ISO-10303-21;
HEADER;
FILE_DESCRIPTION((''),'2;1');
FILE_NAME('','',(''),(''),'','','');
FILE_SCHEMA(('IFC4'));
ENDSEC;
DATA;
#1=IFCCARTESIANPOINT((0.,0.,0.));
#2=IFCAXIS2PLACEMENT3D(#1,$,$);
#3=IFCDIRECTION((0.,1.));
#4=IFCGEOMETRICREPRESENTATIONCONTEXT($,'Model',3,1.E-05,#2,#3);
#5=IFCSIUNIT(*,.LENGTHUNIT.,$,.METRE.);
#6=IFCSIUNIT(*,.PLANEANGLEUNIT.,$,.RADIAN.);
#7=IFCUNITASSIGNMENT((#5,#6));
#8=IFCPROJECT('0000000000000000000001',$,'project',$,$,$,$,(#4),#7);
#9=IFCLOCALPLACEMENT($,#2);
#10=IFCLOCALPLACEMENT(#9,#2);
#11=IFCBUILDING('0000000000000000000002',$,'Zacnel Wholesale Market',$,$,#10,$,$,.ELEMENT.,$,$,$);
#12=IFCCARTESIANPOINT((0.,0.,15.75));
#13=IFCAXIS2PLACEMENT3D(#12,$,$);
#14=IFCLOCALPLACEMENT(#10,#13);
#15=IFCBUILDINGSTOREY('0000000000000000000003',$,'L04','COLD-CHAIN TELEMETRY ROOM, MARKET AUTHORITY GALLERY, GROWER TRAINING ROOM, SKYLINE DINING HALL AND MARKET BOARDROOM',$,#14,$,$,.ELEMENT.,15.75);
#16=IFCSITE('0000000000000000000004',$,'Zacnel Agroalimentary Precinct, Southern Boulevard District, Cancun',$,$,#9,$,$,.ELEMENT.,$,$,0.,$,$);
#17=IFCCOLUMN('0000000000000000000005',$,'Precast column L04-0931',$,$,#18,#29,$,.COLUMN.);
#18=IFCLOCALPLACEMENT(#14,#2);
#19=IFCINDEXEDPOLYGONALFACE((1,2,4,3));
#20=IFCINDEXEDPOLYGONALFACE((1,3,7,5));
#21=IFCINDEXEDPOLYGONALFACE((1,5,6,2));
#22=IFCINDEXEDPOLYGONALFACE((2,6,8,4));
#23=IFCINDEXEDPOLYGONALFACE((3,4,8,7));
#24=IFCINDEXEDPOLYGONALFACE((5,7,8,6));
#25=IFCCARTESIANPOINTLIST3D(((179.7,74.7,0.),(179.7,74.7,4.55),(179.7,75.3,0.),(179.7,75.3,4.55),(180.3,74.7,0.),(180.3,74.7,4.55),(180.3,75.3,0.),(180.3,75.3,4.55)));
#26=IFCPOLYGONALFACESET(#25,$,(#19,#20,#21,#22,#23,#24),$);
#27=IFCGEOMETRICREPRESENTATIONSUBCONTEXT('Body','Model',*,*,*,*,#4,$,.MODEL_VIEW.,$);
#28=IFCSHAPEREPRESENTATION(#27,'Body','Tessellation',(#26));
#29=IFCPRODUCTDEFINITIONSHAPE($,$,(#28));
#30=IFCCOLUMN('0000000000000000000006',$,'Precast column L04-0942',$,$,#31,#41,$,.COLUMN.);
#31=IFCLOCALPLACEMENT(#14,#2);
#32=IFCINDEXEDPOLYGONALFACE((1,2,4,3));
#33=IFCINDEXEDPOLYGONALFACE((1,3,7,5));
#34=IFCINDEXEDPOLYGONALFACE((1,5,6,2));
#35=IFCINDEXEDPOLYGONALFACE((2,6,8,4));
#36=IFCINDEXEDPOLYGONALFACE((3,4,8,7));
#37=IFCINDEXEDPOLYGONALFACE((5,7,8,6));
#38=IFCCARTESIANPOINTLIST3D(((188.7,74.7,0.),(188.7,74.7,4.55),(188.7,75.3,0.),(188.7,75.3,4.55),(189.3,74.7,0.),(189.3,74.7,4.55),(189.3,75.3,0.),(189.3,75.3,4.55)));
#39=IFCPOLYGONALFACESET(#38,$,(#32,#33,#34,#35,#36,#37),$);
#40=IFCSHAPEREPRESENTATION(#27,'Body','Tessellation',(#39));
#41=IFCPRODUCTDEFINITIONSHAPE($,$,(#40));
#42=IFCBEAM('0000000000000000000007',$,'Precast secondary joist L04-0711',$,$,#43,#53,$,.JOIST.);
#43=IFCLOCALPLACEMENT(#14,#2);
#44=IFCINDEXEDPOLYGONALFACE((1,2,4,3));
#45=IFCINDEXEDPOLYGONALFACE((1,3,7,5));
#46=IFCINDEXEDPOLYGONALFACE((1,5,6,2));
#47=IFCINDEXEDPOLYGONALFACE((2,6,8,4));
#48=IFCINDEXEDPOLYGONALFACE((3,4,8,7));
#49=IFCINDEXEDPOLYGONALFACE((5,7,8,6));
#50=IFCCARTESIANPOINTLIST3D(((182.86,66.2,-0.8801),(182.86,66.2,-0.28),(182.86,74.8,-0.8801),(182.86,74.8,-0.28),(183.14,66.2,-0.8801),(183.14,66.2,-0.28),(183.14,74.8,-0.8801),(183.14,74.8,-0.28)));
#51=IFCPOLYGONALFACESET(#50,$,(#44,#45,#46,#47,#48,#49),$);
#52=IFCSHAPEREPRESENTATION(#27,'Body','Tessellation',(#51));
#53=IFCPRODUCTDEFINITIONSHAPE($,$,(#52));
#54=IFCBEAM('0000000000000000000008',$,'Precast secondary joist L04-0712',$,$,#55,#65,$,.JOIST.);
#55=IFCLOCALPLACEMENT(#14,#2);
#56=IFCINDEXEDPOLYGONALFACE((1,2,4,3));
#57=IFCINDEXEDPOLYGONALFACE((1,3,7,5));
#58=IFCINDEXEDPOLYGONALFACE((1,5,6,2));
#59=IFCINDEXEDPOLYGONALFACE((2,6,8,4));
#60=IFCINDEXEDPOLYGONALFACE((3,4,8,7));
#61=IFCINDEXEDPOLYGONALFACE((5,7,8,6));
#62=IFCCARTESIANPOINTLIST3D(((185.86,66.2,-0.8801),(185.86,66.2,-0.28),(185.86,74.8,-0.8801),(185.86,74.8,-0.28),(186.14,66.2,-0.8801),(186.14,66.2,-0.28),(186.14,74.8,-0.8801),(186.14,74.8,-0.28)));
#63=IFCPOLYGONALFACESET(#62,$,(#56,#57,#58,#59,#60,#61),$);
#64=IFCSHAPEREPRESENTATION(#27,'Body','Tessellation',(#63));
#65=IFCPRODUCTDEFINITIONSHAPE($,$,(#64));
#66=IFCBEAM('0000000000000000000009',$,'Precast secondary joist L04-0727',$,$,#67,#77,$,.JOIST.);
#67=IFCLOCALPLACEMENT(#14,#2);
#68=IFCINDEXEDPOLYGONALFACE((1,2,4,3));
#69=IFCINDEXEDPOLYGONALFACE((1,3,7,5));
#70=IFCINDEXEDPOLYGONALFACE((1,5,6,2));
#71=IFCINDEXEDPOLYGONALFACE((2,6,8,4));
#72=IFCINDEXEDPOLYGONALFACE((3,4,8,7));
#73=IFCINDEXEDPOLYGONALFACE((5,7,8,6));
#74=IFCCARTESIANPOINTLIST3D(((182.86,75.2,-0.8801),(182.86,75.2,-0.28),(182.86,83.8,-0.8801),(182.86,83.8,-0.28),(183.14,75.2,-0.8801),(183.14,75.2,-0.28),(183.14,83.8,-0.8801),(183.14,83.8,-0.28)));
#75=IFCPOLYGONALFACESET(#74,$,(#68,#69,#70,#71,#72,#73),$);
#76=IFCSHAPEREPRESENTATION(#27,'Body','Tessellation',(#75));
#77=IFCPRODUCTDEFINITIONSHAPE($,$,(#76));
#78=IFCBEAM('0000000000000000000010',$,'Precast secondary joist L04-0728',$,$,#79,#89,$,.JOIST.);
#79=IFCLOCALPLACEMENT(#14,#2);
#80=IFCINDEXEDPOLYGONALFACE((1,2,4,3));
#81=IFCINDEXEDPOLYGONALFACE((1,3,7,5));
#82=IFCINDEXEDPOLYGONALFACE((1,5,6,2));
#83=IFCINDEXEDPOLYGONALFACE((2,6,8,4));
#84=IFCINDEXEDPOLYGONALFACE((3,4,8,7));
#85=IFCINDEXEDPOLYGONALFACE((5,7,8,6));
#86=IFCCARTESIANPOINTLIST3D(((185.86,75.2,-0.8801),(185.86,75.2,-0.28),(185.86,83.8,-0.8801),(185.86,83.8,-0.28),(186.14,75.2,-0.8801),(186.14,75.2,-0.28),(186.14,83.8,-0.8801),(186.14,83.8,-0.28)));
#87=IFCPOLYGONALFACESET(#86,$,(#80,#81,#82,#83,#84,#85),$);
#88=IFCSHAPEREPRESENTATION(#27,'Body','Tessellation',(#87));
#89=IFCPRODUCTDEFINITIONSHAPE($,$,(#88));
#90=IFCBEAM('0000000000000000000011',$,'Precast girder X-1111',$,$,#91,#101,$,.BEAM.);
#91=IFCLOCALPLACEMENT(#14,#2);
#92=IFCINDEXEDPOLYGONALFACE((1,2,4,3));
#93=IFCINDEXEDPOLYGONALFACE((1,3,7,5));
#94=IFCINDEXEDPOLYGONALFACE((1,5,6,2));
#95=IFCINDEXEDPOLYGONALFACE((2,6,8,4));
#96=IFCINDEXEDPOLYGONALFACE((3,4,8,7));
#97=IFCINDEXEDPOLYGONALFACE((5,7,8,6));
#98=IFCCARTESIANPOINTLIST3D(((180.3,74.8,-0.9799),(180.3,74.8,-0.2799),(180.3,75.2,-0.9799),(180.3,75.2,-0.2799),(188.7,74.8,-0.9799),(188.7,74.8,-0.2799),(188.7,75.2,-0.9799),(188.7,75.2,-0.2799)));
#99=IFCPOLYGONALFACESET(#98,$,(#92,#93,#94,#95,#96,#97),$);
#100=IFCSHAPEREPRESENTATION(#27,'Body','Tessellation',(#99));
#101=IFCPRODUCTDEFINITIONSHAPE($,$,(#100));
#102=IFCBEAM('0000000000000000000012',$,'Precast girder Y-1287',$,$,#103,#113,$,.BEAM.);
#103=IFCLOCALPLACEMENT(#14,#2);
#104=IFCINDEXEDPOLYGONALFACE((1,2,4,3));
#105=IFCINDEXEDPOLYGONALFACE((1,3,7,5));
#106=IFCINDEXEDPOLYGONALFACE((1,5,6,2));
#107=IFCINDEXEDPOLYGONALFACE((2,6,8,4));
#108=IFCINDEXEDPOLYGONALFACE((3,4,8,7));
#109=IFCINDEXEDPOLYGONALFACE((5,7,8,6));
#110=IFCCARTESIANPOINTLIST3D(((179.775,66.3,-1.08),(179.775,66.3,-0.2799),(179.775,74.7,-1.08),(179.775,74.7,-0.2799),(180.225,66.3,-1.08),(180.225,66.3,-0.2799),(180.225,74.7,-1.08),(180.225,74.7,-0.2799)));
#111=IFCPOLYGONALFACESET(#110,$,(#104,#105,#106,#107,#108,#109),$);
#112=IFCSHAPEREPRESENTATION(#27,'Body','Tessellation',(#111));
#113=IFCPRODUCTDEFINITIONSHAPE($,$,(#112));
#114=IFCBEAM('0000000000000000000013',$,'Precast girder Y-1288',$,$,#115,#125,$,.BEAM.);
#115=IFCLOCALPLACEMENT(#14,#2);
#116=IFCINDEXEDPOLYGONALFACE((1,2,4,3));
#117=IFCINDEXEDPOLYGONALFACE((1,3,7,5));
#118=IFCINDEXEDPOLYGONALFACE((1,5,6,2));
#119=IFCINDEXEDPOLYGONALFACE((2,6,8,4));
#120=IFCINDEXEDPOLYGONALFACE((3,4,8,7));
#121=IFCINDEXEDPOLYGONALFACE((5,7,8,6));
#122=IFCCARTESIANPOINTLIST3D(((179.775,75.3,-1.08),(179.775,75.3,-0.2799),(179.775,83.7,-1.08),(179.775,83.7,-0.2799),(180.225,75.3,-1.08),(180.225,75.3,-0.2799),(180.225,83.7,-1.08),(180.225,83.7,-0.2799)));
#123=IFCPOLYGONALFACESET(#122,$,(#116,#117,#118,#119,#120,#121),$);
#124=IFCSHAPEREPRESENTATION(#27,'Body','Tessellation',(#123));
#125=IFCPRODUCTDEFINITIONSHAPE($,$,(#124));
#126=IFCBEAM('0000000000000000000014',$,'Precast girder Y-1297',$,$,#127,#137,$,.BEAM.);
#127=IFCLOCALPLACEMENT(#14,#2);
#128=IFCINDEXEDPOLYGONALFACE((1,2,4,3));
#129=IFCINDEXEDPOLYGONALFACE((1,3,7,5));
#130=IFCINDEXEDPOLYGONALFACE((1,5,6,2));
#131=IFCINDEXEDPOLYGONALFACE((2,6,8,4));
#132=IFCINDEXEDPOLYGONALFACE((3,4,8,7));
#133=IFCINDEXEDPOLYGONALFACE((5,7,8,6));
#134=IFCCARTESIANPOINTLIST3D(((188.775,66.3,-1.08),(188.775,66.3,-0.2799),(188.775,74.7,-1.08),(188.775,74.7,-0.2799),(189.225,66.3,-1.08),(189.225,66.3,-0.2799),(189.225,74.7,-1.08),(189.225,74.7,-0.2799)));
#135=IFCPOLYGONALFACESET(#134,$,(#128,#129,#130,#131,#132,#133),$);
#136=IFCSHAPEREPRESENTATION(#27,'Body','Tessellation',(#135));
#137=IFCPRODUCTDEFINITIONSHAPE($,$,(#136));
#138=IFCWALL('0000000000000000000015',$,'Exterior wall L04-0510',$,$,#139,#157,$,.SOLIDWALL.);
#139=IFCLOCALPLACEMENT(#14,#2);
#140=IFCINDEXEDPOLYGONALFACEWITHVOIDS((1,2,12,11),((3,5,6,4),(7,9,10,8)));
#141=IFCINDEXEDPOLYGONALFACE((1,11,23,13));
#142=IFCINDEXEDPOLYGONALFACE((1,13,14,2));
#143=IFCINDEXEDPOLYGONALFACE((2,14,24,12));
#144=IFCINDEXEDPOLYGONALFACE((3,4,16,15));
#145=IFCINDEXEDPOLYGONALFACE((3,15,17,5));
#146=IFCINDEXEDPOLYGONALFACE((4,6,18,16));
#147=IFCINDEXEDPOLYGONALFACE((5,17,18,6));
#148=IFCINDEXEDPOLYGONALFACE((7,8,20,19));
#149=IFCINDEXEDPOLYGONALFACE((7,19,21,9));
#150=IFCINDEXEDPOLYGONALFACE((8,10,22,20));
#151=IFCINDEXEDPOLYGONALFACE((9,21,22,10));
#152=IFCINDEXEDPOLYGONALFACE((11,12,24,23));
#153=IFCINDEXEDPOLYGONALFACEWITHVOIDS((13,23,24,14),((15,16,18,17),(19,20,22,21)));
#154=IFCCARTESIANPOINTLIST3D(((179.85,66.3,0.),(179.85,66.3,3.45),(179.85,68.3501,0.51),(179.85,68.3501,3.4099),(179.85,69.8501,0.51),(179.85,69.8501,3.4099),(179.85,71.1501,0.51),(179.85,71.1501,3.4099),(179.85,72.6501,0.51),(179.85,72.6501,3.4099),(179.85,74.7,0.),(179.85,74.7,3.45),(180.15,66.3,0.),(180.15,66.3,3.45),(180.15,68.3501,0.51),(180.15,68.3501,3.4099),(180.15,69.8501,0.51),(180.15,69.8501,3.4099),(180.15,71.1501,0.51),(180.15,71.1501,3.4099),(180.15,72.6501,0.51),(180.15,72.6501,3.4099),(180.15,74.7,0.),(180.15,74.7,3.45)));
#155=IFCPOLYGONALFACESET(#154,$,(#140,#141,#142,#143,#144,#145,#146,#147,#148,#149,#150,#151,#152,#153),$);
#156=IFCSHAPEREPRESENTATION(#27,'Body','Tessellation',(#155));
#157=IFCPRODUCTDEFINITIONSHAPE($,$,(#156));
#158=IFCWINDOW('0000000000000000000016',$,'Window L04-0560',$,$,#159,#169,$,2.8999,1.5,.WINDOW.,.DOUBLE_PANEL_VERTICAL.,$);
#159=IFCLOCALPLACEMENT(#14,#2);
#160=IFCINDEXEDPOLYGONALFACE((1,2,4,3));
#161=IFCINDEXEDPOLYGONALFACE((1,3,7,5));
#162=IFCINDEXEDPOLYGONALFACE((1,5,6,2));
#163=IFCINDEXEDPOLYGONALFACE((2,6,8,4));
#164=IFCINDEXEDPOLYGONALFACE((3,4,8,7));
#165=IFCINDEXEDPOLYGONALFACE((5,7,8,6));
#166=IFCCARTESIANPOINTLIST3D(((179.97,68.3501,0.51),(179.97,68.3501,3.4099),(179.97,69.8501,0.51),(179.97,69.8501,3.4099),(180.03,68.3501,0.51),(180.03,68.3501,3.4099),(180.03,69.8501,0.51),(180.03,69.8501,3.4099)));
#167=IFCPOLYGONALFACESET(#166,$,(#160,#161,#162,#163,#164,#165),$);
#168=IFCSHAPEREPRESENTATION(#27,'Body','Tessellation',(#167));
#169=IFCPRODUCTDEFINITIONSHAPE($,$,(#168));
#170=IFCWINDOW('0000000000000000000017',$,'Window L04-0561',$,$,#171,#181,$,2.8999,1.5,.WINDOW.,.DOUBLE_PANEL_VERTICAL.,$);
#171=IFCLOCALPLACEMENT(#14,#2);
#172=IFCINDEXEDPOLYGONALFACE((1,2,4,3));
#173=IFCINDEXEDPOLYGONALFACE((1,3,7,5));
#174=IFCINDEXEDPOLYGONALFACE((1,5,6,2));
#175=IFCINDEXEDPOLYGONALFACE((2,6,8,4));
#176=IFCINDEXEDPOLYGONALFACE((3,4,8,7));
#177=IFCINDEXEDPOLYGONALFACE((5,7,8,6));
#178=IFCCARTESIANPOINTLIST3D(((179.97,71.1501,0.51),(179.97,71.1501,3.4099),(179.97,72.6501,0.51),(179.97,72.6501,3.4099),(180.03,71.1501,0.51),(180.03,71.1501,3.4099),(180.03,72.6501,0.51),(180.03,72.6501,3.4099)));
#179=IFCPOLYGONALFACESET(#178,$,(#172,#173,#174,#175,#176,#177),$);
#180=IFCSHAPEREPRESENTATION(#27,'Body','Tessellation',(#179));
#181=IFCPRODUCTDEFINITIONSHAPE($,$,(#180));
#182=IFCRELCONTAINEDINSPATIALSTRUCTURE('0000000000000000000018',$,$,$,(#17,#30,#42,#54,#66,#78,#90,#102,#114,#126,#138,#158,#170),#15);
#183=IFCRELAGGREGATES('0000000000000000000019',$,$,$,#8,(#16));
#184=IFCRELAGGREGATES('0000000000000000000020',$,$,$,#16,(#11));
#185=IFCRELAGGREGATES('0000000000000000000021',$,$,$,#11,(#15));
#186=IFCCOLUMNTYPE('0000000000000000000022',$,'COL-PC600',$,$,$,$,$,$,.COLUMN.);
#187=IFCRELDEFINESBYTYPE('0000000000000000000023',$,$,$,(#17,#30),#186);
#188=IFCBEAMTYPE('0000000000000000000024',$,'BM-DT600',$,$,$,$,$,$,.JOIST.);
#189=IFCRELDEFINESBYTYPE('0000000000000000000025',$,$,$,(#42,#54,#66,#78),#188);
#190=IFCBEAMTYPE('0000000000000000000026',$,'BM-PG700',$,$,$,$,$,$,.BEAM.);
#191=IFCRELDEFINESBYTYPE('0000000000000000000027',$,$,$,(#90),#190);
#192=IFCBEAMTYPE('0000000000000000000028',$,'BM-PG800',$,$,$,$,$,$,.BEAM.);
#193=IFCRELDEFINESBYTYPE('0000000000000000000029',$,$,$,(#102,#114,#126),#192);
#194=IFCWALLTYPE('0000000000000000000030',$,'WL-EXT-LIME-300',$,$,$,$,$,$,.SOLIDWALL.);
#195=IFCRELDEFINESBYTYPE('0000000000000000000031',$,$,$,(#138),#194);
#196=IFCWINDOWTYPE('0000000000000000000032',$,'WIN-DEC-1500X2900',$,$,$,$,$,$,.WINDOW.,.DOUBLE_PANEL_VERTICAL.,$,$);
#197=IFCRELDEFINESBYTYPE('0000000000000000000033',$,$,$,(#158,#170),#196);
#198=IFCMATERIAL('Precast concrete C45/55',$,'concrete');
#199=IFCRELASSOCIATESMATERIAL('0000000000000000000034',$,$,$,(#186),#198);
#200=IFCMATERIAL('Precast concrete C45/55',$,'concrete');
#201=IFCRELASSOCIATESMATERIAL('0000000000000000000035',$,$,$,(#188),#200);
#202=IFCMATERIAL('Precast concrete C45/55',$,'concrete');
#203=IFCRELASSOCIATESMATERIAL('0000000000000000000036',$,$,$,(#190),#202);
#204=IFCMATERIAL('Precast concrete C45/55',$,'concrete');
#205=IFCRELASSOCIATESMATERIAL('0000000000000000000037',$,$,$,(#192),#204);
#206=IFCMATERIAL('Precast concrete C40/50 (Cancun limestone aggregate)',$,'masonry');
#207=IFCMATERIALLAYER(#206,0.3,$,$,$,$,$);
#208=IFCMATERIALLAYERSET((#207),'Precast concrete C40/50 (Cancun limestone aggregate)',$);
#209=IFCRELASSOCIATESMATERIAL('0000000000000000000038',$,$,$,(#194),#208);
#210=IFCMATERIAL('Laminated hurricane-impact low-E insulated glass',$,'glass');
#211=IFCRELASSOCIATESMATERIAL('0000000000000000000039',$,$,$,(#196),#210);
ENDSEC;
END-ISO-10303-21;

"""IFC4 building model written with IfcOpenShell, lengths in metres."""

from ifc_helpers import new_model, si_unit, direction, frame, frame_2d, origin, origin_2d, place, context, subcontext, project, spatial, rectangle, extrude, material, layer, layer_set, material_profile, profile_set, type_object, element, fill, save


model = new_model("IFC4")

# Units and contexts
model_context = context("Model", 3, precision=1e-05, world=origin(), true_north=direction((0.0, 1.0)))
body_context = subcontext(model_context, "Body", "Model", "MODEL_VIEW")
ifc_project = project(units=[si_unit("LENGTHUNIT", "METRE"), si_unit("PLANEANGLEUNIT", "RADIAN")], contexts=[model_context])

# Site, building, storey
site_placement = place(None, origin())
site = spatial("IfcSite", under=ifc_project, at=site_placement, Name="Zacnel Agroalimentary Precinct, Southern Boulevard District, Cancun", CompositionType="ELEMENT", RefElevation=0.0)
building_placement = place(site_placement, origin())
building = spatial("IfcBuilding", under=site, at=building_placement, Name="Zacnel Wholesale Market", CompositionType="ELEMENT")
storey_placement = place(building_placement, frame((0.0, 0.0, 15.75)))
storey = spatial("IfcBuildingStorey", under=building, at=storey_placement, Name="L04", Description="COLD-CHAIN TELEMETRY ROOM, MARKET AUTHORITY GALLERY, GROWER TRAINING ROOM, SKYLINE DINING HALL AND MARKET BOARDROOM", CompositionType="ELEMENT", Elevation=15.75)

# Columns
ifc_material_1 = material(Name="Precast concrete C45/55", Category="concrete")
ifc_material_profile_1 = material_profile(ifc_material_1, rectangle(XDim=0.6001, YDim=0.6001, at=origin_2d()), Name="PC 600x600")
ifc_profile_set_1 = profile_set([ifc_material_profile_1], Name="Precast concrete C45/55")
column_type = type_object("IfcColumnType", Name="COL-PC600", PredefinedType="COLUMN", material=ifc_profile_set_1)
for number, where, z_axis, x_axis, name in (
    (1, (180.0, 75.0, 0.0), (0.0, 0.0, 1.0), (1.0, 0.0, 0.0), "Precast column L04-0931"),
    (2, (189.0, 75.0, 0.0), (0.0, 0.0, 1.0), (1.0, 0.0, 0.0), "Precast column L04-0942"),
):
    element("IfcColumn", number, at=place(storey_placement, frame(where, z_axis=z_axis, x_axis=x_axis)), inside=storey, type_object=column_type, Name=name, PredefinedType="COLUMN", context=body_context, shape_type="SweptSolid", body=[
        extrude(rectangle(XDim=0.6001, YDim=0.6001, at=origin_2d()), origin(), (0.0, 0.0, 1.0), 4.55),
    ])

# Beams
ifc_material_2 = material(Name="Precast concrete C45/55", Category="concrete")
ifc_material_profile_2 = material_profile(ifc_material_2, rectangle(XDim=0.28, YDim=0.6001, at=origin_2d()), Name="DT RIB 280x600")
ifc_profile_set_2 = profile_set([ifc_material_profile_2], Name="Precast concrete C45/55")
beam_type_1 = type_object("IfcBeamType", Name="BM-DT600", PredefinedType="JOIST", material=ifc_profile_set_2)
for number, where, z_axis, x_axis, name in (
    (3, (183.0, 66.2, -0.5801), (0.0, 1.0, 0.0), (-1.0, 0.0, 0.0), "Precast secondary joist L04-0711"),
    (4, (186.0, 66.2, -0.5801), (0.0, 1.0, 0.0), (-1.0, 0.0, 0.0), "Precast secondary joist L04-0712"),
    (5, (183.0, 75.2, -0.5801), (0.0, 1.0, 0.0), (-1.0, 0.0, 0.0), "Precast secondary joist L04-0727"),
    (6, (186.0, 75.2, -0.5801), (0.0, 1.0, 0.0), (-1.0, 0.0, 0.0), "Precast secondary joist L04-0728"),
):
    element("IfcBeam", number, at=place(storey_placement, frame(where, z_axis=z_axis, x_axis=x_axis)), inside=storey, type_object=beam_type_1, Name=name, PredefinedType="JOIST", context=body_context, shape_type="SweptSolid", body=[
        extrude(rectangle(XDim=0.28, YDim=0.6001, at=origin_2d()), origin(), (0.0, 0.0, 1.0), 8.6001),
    ])
ifc_material_3 = material(Name="Precast concrete C45/55", Category="concrete")
ifc_material_profile_3 = material_profile(ifc_material_3, rectangle(XDim=0.3999, YDim=0.7, at=origin_2d()), Name="PG 400x700")
ifc_profile_set_3 = profile_set([ifc_material_profile_3], Name="Precast concrete C45/55")
beam_type_2 = type_object("IfcBeamType", Name="BM-PG700", PredefinedType="BEAM", material=ifc_profile_set_3)
beam_placement = place(storey_placement, frame((180.3, 75.0, -0.6299), z_axis=(1.0, 0.0, 0.0), x_axis=(0.0, 1.0, 0.0)))
element("IfcBeam", 7, at=beam_placement, inside=storey, type_object=beam_type_2, Name="Precast girder X-1111", PredefinedType="BEAM", context=body_context, shape_type="SweptSolid", body=[
    extrude(rectangle(XDim=0.3999, YDim=0.7, at=origin_2d()), origin(), (0.0, 0.0, 1.0), 8.3999),
])
ifc_material_4 = material(Name="Precast concrete C45/55", Category="concrete")
ifc_material_profile_4 = material_profile(ifc_material_4, rectangle(XDim=0.45, YDim=0.8, at=origin_2d()), Name="PG 450x800")
ifc_profile_set_4 = profile_set([ifc_material_profile_4], Name="Precast concrete C45/55")
beam_type_3 = type_object("IfcBeamType", Name="BM-PG800", PredefinedType="BEAM", material=ifc_profile_set_4)
for number, where, z_axis, x_axis, name in (
    (8, (180.0, 66.3, -0.6799), (0.0, 1.0, 0.0), (-1.0, 0.0, 0.0), "Precast girder Y-1287"),
    (9, (180.0, 75.3, -0.6799), (0.0, 1.0, 0.0), (-1.0, 0.0, 0.0), "Precast girder Y-1288"),
    (10, (189.0, 66.3, -0.6799), (0.0, 1.0, 0.0), (-1.0, 0.0, 0.0), "Precast girder Y-1297"),
):
    element("IfcBeam", number, at=place(storey_placement, frame(where, z_axis=z_axis, x_axis=x_axis)), inside=storey, type_object=beam_type_3, Name=name, PredefinedType="BEAM", context=body_context, shape_type="SweptSolid", body=[
        extrude(rectangle(XDim=0.45, YDim=0.8, at=origin_2d()), origin(), (0.0, 0.0, 1.0), 8.3999),
    ])

# Wall, openings, windows
ifc_material_5 = material(Name="Precast concrete C40/50 (Cancun limestone aggregate)", Category="masonry")
ifc_layer_1 = layer(ifc_material_5, 0.3)
ifc_layer_set_1 = layer_set([ifc_layer_1], Name="Precast concrete C40/50 (Cancun limestone aggregate)")
wall_type = type_object("IfcWallType", Name="WL-EXT-LIME-300", PredefinedType="SOLIDWALL", material=ifc_layer_set_1)
wall_1_placement = place(storey_placement, frame((180.0, 66.3, 0.0), z_axis=(0.0, 0.0, 1.0), x_axis=(0.0, 1.0, 0.0)))
wall_1 = element("IfcWall", 11, at=wall_1_placement, inside=storey, type_object=wall_type, Name="Exterior wall L04-0510", PredefinedType="SOLIDWALL", context=body_context, shape_type="SweptSolid", body=[
    extrude(rectangle(XDim=8.3999, YDim=0.3, at=frame_2d((4.2, 0.0))), origin(), (0.0, 0.0, 1.0), 3.45),
])
opening_1_placement = place(wall_1_placement, frame((2.05, 0.0, 0.51)))
opening_1 = element("IfcOpeningElement", 12, at=opening_1_placement, cuts=wall_1, PredefinedType="OPENING", context=body_context, shape_type="SweptSolid", body=[
    extrude(rectangle(XDim=1.5, YDim=2.8999, at=frame_2d((0.75, 1.45))), frame((0.0, 0.1599, 0.0), z_axis=(0.0, -1.0, 0.0), x_axis=(1.0, 0.0, 0.0)), (0.0, 0.0, 1.0), 0.3201),
])
opening_2_placement = place(wall_1_placement, frame((4.8501, 0.0, 0.51)))
opening_2 = element("IfcOpeningElement", 13, at=opening_2_placement, cuts=wall_1, PredefinedType="OPENING", context=body_context, shape_type="SweptSolid", body=[
    extrude(rectangle(XDim=1.5, YDim=2.8999, at=frame_2d((0.75, 1.45))), frame((0.0, 0.1599, 0.0), z_axis=(0.0, -1.0, 0.0), x_axis=(1.0, 0.0, 0.0)), (0.0, 0.0, 1.0), 0.3201),
])
ifc_material_6 = material(Name="Laminated hurricane-impact low-E insulated glass", Category="glass")
window_type = type_object("IfcWindowType", Name="WIN-DEC-1500X2900", PartitioningType="DOUBLE_PANEL_VERTICAL", PredefinedType="WINDOW", material=ifc_material_6)
window_1_placement = place(opening_1_placement, origin())
window_1 = element("IfcWindow", 14, at=window_1_placement, inside=storey, type_object=window_type, Name="Window L04-0560", OverallHeight=2.8999, OverallWidth=1.5, PartitioningType="DOUBLE_PANEL_VERTICAL", PredefinedType="WINDOW", context=body_context, shape_type="SweptSolid", body=[
    extrude(rectangle(XDim=1.5, YDim=2.8999, at=frame_2d((0.75, 1.45))), frame((0.0, 0.03, 0.0), z_axis=(0.0, -1.0, 0.0), x_axis=(1.0, 0.0, 0.0)), (0.0, 0.0, 1.0), 0.0601),
])
fill(opening_1, window_1)
window_2_placement = place(opening_2_placement, origin())
window_2 = element("IfcWindow", 15, at=window_2_placement, inside=storey, type_object=window_type, Name="Window L04-0561", OverallHeight=2.8999, OverallWidth=1.5, PartitioningType="DOUBLE_PANEL_VERTICAL", PredefinedType="WINDOW", context=body_context, shape_type="SweptSolid", body=[
    extrude(rectangle(XDim=1.5, YDim=2.8999, at=frame_2d((0.75, 1.45))), frame((0.0, 0.03, 0.0), z_axis=(0.0, -1.0, 0.0), x_axis=(1.0, 0.0, 0.0)), (0.0, 0.0, 1.0), 0.0601),
])
fill(opening_2, window_2)

save(model, "model.ifc")
